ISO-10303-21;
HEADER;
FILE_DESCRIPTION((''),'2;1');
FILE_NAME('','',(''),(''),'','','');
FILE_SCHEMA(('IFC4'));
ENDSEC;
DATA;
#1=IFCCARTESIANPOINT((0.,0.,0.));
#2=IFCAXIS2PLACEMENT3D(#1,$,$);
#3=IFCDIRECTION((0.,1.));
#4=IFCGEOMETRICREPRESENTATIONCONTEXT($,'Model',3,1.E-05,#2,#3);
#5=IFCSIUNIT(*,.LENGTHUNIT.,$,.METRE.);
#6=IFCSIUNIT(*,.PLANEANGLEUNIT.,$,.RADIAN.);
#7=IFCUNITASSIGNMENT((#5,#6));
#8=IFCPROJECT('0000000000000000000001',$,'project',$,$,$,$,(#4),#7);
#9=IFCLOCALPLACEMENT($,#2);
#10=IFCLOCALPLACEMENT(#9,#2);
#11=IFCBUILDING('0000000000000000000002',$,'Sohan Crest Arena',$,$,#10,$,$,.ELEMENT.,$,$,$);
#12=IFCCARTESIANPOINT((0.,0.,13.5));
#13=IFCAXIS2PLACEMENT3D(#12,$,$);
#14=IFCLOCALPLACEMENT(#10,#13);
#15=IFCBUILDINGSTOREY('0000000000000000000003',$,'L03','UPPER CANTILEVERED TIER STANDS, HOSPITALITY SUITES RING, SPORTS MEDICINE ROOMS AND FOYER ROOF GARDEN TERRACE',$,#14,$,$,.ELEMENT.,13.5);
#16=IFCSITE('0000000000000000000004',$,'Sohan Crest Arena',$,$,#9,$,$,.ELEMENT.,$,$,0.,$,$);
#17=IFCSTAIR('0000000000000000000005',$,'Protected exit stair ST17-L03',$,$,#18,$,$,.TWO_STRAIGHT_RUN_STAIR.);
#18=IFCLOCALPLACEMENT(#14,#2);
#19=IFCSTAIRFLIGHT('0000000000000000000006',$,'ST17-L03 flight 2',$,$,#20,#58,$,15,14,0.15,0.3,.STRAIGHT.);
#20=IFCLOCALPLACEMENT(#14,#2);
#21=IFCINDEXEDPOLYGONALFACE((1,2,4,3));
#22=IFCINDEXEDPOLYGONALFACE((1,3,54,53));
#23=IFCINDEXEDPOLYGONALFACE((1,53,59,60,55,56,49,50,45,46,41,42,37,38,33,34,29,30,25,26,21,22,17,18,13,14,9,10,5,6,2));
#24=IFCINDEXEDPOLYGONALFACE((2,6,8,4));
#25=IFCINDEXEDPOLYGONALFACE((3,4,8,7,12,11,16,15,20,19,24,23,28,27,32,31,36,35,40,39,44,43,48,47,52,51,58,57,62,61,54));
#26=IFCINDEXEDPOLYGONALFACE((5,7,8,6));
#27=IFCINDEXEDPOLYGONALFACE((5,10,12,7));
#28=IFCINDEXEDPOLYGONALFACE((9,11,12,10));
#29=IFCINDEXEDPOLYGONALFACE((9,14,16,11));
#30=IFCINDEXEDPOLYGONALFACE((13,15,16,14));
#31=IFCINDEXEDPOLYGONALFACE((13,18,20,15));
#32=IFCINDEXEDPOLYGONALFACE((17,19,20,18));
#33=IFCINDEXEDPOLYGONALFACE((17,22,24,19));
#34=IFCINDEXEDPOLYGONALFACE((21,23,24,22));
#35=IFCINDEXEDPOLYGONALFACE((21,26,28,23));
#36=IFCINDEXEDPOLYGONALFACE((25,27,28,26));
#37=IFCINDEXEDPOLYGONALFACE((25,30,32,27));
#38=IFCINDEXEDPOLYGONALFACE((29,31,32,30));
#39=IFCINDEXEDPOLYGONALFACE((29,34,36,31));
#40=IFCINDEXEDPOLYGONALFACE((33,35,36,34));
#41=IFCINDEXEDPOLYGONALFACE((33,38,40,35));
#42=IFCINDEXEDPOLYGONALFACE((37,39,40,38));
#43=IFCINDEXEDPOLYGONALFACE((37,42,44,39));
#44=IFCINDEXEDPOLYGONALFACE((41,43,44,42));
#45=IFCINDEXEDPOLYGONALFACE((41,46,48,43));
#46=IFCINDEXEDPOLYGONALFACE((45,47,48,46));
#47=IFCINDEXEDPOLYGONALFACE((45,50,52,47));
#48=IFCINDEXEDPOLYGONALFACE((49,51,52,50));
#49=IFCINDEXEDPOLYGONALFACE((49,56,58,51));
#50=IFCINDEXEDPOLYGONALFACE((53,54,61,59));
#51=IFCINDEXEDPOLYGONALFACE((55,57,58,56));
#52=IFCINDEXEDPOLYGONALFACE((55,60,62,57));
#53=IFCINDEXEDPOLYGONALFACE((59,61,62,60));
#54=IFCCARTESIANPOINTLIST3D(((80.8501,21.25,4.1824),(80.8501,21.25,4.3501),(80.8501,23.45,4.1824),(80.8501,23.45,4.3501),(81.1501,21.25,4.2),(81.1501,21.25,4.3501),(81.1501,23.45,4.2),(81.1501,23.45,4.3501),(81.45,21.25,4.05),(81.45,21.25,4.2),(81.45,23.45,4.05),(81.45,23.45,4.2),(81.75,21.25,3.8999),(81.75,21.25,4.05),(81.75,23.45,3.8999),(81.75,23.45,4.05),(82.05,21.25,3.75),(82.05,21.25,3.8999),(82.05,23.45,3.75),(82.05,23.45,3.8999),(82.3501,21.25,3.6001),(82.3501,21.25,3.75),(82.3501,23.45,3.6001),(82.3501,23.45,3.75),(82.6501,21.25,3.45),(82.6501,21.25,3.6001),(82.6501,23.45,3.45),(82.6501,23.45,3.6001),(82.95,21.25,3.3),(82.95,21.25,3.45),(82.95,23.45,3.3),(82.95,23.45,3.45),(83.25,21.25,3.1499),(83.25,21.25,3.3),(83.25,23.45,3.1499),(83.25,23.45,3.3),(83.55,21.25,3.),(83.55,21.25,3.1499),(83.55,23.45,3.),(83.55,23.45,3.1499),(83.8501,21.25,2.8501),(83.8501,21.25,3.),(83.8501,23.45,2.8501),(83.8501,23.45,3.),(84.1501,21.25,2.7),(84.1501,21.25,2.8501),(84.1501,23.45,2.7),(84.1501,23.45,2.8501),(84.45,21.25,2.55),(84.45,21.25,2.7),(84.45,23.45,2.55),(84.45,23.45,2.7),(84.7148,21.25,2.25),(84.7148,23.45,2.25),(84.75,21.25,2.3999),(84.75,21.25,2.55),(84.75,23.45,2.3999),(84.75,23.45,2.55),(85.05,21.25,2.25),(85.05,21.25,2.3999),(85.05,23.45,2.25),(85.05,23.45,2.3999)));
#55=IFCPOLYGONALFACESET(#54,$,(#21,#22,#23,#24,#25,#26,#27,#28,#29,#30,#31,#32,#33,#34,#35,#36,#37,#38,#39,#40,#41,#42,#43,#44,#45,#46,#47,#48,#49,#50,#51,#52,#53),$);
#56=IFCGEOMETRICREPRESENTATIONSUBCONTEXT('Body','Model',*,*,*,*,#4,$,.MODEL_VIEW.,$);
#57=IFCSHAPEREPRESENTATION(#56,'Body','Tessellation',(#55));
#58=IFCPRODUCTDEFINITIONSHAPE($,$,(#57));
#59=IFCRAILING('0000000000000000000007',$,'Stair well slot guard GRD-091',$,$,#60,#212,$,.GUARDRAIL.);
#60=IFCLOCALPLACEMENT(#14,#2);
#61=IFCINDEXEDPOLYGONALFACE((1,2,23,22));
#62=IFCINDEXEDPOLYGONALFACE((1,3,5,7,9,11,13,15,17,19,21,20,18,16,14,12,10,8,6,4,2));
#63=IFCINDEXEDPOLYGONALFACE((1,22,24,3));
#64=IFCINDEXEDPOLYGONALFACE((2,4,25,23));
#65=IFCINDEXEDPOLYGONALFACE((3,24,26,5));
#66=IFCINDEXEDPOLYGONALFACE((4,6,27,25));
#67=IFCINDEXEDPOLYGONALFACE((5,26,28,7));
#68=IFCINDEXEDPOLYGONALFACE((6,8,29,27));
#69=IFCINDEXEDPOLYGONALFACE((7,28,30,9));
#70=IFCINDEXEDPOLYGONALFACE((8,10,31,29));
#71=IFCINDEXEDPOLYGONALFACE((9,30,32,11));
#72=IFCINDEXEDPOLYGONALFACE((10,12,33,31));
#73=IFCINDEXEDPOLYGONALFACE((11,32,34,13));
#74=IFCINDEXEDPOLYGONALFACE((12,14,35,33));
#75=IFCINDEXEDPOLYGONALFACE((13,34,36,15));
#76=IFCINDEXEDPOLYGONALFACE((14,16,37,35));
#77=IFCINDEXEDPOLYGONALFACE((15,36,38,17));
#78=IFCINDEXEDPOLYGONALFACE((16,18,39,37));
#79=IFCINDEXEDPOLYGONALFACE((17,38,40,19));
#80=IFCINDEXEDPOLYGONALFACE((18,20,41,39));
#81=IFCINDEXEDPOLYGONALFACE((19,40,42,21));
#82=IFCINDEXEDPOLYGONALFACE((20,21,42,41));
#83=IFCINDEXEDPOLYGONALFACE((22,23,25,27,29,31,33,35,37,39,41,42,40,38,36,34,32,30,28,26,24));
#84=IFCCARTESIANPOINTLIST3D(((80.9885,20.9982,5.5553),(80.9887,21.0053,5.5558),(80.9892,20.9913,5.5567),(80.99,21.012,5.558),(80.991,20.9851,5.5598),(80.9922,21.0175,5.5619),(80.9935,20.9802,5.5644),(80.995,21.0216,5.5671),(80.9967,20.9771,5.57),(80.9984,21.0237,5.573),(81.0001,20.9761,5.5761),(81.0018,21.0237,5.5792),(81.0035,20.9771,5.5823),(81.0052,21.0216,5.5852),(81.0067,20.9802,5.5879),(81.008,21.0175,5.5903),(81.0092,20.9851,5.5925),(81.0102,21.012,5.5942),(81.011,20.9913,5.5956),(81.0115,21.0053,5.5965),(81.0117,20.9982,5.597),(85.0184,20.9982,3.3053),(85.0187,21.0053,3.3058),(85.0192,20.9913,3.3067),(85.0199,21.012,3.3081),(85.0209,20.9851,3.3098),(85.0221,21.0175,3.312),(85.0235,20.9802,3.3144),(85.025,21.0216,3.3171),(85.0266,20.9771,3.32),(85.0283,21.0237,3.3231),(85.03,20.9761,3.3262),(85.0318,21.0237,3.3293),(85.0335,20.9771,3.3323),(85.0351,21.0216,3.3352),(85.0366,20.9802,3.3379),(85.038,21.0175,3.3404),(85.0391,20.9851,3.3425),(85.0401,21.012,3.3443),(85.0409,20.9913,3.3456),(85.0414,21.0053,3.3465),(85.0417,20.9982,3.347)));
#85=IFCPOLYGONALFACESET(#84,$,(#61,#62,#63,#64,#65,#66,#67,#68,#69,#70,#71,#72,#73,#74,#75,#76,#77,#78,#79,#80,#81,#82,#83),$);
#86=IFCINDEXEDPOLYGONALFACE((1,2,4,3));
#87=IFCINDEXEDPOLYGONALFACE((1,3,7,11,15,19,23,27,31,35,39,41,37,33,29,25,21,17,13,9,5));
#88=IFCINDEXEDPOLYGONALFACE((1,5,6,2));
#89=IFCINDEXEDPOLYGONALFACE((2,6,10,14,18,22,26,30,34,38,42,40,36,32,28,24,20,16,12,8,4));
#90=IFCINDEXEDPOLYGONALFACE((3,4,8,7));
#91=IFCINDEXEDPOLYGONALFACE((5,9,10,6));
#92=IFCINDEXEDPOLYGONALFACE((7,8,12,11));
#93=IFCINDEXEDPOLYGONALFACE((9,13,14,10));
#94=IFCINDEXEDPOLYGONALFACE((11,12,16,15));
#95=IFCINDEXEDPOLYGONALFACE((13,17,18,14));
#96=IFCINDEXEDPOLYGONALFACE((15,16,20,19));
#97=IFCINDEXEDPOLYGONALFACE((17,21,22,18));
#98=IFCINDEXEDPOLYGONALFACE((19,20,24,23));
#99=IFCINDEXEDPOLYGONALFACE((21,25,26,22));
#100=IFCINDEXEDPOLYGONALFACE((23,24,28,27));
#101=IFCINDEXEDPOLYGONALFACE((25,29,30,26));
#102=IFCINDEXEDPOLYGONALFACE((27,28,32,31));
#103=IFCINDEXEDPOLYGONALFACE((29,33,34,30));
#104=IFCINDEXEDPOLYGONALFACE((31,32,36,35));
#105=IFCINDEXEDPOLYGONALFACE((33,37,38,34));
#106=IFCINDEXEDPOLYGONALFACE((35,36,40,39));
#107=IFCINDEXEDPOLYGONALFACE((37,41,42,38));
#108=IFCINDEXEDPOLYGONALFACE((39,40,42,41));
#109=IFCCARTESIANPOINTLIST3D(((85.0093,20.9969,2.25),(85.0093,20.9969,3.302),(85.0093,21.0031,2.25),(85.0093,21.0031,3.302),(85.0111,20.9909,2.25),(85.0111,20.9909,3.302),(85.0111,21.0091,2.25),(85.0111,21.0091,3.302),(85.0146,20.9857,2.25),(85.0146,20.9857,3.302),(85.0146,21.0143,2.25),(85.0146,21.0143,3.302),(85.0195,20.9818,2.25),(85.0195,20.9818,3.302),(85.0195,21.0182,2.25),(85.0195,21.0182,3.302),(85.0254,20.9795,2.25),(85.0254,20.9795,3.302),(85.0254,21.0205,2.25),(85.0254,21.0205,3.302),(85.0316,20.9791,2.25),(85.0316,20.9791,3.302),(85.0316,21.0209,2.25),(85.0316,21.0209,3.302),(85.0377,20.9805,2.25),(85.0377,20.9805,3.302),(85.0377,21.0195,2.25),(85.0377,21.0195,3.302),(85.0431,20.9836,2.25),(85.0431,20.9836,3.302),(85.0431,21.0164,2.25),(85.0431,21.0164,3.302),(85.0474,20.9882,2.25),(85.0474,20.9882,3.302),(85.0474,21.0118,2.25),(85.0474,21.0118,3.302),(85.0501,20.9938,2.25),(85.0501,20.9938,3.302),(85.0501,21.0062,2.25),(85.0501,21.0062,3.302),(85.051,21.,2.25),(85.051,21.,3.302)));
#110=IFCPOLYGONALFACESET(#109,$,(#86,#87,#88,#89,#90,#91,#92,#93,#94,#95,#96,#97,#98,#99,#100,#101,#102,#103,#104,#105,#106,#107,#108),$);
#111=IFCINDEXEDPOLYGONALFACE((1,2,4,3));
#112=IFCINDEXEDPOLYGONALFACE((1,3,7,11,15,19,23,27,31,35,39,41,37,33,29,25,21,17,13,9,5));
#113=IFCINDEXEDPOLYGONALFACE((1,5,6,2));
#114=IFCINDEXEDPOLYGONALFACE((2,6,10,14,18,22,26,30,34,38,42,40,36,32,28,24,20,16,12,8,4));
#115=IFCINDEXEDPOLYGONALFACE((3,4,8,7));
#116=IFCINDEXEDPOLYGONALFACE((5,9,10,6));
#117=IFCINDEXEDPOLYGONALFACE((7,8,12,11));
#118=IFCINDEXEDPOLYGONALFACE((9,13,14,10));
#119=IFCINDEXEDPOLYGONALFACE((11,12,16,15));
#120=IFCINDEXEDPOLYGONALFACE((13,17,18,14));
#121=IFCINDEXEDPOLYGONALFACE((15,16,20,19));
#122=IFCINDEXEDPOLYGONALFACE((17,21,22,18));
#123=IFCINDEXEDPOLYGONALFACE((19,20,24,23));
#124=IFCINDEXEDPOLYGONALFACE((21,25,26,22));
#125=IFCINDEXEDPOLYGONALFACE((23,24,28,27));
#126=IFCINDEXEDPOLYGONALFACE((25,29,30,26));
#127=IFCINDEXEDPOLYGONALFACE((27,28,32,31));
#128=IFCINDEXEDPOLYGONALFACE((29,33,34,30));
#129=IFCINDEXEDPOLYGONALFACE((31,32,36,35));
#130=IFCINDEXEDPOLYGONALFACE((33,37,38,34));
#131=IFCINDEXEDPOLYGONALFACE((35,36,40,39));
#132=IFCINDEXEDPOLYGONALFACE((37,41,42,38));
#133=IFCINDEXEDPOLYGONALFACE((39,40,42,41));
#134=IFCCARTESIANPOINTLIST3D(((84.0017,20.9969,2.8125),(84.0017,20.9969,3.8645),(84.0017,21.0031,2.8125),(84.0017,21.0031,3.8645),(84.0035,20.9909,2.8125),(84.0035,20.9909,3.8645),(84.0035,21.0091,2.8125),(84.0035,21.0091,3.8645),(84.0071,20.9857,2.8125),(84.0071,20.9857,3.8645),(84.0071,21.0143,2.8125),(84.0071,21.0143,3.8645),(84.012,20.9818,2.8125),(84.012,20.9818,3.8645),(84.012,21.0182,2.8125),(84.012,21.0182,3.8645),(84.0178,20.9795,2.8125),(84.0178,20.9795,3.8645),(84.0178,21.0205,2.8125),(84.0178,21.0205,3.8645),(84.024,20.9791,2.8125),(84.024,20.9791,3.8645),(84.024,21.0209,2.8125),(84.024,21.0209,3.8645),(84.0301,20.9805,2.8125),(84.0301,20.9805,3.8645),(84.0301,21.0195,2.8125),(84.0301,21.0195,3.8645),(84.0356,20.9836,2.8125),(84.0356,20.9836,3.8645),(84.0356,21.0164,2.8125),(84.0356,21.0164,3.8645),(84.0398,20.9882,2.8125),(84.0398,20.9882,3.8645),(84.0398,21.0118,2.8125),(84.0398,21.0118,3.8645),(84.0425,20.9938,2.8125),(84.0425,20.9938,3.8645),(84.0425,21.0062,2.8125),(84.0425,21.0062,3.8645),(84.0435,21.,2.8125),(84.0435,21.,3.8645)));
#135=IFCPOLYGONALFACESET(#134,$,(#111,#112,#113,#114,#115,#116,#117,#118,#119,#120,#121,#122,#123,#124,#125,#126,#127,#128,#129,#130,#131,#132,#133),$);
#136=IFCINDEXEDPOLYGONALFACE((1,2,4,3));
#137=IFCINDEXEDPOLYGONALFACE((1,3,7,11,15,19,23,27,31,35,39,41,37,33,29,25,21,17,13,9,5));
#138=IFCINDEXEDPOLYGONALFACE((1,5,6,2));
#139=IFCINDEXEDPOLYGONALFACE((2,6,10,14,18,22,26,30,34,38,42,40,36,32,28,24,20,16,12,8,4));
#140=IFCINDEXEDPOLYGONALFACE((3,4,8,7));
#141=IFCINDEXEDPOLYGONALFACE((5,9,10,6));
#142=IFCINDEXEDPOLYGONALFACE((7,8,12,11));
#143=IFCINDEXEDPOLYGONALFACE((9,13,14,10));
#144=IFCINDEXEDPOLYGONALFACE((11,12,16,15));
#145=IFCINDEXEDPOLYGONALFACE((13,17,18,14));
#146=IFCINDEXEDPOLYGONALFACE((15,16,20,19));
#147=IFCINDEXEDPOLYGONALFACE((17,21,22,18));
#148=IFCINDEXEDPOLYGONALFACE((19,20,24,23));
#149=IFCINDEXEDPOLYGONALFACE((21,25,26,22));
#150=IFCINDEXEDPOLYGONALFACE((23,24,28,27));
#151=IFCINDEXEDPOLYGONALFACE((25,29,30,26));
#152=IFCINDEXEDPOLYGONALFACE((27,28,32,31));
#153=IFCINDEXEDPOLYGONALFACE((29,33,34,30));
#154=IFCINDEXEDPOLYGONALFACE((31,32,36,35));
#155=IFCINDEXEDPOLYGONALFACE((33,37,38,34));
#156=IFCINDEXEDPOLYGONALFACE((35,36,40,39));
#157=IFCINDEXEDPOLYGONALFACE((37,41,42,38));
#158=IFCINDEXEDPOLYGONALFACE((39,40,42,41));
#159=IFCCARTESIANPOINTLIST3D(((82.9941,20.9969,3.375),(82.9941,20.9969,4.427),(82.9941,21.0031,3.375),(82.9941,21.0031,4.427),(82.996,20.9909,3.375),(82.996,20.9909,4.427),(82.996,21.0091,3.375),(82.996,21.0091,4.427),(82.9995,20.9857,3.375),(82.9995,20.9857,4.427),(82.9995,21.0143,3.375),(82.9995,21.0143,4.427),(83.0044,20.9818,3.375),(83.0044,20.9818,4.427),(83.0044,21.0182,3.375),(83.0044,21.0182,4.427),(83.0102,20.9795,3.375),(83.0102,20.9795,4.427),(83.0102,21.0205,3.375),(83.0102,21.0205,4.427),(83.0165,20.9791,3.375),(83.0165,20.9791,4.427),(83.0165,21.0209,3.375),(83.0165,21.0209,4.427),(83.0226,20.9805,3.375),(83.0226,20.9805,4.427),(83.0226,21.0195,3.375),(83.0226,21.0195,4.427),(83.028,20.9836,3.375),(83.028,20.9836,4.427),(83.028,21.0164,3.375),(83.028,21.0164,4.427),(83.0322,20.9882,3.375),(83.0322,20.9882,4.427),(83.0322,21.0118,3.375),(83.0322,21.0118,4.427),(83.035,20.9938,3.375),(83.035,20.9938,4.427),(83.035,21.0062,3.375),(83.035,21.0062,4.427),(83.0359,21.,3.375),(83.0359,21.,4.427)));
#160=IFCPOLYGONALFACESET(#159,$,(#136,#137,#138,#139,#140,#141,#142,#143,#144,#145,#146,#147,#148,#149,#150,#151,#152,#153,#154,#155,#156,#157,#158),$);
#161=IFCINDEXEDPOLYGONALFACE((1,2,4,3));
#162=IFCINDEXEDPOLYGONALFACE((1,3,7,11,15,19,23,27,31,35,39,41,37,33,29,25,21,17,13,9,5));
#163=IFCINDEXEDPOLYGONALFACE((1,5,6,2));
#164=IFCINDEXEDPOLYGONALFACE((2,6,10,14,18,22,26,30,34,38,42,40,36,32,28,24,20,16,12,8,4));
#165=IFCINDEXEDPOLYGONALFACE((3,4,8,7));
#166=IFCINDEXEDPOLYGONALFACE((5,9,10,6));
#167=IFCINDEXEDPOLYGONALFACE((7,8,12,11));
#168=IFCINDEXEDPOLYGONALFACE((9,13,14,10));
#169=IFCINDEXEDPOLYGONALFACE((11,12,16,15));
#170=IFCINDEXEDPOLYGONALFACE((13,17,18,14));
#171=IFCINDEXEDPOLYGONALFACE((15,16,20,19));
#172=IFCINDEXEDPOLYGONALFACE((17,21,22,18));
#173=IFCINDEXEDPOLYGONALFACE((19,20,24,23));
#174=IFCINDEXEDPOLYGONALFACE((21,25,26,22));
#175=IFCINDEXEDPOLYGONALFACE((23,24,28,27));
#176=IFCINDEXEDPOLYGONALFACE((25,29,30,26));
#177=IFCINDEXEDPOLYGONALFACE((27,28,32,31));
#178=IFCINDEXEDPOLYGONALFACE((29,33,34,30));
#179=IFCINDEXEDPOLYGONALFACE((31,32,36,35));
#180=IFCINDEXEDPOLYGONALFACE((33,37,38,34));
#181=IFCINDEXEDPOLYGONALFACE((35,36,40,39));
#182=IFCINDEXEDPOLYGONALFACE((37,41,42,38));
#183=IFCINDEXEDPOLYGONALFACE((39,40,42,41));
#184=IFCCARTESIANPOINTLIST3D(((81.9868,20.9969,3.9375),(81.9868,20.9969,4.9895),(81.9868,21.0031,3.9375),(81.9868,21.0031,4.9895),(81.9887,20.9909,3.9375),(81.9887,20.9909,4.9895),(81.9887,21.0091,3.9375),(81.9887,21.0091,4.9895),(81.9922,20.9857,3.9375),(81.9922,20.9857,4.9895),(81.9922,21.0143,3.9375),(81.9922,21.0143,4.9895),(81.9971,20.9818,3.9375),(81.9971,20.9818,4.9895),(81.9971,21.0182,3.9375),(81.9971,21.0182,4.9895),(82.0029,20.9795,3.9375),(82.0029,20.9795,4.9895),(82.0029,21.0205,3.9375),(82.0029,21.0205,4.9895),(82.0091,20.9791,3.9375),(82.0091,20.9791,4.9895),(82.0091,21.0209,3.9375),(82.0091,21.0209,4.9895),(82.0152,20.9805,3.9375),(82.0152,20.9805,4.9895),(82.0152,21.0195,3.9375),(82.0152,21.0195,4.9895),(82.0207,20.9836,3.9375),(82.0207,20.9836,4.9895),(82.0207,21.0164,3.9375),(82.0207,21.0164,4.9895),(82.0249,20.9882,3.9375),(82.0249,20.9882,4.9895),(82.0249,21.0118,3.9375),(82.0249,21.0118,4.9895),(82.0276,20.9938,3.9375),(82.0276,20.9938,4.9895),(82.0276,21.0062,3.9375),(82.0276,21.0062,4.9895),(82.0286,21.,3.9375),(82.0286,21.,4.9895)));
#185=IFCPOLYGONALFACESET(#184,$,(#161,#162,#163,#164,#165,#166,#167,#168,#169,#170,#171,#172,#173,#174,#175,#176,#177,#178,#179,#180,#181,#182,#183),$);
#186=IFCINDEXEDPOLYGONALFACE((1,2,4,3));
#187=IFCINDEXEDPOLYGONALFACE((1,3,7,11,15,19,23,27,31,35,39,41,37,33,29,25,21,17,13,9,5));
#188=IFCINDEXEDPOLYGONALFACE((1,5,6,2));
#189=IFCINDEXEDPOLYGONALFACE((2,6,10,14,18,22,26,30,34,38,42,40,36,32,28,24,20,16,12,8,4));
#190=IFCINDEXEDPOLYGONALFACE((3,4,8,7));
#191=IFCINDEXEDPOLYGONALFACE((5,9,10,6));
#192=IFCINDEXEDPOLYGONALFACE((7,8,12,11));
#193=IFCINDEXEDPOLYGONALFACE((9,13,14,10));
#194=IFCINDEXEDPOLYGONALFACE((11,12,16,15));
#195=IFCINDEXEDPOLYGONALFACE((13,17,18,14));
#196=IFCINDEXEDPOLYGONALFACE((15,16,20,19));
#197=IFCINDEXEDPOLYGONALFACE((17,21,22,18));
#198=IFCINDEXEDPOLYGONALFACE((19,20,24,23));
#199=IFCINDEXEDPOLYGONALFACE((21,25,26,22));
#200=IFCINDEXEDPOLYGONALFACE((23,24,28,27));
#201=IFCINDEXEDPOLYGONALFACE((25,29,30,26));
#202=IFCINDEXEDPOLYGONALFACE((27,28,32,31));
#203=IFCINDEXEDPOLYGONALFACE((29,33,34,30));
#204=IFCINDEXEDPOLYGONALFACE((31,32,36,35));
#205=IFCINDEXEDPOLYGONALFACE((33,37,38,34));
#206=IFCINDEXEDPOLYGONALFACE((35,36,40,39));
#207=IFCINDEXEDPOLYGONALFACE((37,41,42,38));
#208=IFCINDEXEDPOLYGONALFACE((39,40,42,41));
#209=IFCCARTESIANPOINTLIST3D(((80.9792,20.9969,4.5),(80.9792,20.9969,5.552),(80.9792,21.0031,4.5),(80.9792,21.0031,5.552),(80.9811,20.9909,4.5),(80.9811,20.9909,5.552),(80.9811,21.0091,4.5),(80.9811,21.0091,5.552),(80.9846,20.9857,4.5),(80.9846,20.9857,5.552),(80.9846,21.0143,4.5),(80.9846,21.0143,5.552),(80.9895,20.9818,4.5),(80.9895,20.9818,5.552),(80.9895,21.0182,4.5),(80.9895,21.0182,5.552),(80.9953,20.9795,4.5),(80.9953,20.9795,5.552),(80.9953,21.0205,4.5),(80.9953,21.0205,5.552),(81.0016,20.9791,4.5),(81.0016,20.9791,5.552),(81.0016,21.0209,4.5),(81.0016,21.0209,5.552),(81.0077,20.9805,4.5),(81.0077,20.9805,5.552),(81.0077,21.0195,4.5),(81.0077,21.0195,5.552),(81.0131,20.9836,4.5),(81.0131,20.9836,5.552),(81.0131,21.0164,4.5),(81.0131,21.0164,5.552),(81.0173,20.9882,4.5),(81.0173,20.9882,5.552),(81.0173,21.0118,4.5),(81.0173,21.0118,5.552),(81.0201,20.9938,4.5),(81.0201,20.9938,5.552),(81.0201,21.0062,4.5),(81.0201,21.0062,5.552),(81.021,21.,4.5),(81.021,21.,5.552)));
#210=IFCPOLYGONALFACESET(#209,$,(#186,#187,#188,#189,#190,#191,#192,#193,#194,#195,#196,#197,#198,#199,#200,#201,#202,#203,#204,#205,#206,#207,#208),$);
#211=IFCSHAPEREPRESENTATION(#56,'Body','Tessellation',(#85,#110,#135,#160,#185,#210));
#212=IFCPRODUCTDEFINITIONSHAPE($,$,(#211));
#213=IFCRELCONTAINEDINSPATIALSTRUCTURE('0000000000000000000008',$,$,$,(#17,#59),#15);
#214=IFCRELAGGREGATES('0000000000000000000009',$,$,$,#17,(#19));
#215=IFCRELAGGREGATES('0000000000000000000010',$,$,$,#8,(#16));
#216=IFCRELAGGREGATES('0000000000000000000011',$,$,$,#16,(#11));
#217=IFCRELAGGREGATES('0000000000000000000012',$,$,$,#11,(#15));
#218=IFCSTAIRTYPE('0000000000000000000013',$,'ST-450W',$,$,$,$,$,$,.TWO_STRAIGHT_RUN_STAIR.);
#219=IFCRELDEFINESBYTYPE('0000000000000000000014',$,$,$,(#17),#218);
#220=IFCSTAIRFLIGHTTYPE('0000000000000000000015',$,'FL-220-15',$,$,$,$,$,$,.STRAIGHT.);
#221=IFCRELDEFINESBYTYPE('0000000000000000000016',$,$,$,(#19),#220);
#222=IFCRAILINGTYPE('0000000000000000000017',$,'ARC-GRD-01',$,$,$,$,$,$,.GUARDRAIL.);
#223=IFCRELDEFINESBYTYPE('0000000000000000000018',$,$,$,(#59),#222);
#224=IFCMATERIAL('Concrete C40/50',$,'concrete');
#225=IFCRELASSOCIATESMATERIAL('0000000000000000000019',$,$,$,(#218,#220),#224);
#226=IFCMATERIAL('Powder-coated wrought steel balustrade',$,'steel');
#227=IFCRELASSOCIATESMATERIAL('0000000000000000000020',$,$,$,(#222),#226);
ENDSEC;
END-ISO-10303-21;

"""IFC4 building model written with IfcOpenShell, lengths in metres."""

from ifc_helpers import new_model, si_unit, direction, frame, origin, origin_2d, place, context, subcontext, project, spatial, polyline, circle, outline, extrude, material, type_object, element, aggregate, save


model = new_model("IFC4")

# Units and contexts
model_context = context("Model", 3, precision=1e-05, world=origin(), true_north=direction((0.0, 1.0)))
body_context = subcontext(model_context, "Body", "Model", "MODEL_VIEW")
ifc_project = project(units=[si_unit("LENGTHUNIT", "METRE"), si_unit("PLANEANGLEUNIT", "RADIAN")], contexts=[model_context])

# Site, building, storey
site_placement = place(None, origin())
site = spatial("IfcSite", under=ifc_project, at=site_placement, Name="Sohan Crest Arena", CompositionType="ELEMENT", RefElevation=0.0)
building_placement = place(site_placement, origin())
building = spatial("IfcBuilding", under=site, at=building_placement, Name="Sohan Crest Arena", CompositionType="ELEMENT")
storey_placement = place(building_placement, frame((0.0, 0.0, 13.5)))
storey = spatial("IfcBuildingStorey", under=building, at=storey_placement, Name="L03", Description="UPPER CANTILEVERED TIER STANDS, HOSPITALITY SUITES RING, SPORTS MEDICINE ROOMS AND FOYER ROOF GARDEN TERRACE", CompositionType="ELEMENT", Elevation=13.5)

# Shared definitions
ifc_material_1 = material(Name="Concrete C40/50", Category="concrete")

# Stair, stair flight
stair_type = type_object("IfcStairType", Name="ST-450W", PredefinedType="TWO_STRAIGHT_RUN_STAIR", material=ifc_material_1)
stair_placement = place(storey_placement, origin())
stair = element("IfcStair", 1, at=stair_placement, inside=storey, type_object=stair_type, Name="Protected exit stair ST17-L03", PredefinedType="TWO_STRAIGHT_RUN_STAIR")
stair_flight_type = type_object("IfcStairFlightType", Name="FL-220-15", PredefinedType="STRAIGHT", material=ifc_material_1)
stair_flight_1_placement = place(storey_placement, frame((85.05, 22.3501, 2.25), z_axis=(0.0, 0.0, 1.0), x_axis=(-1.0, 0.0, 0.0)))
stair_flight_1 = element("IfcStairFlight", 2, at=stair_flight_1_placement, type_object=stair_flight_type, Name="ST17-L03 flight 2", NumberOfRisers=15, NumberOfTreads=14, PredefinedType="STRAIGHT", RiserHeight=0.15, TreadLength=0.3, context=body_context, shape_type="SweptSolid", body=[
    extrude(outline(polyline([(0.0, 0.0), (0.0, 0.1499), (0.3, 0.1499), (0.3, 0.3), (0.6001, 0.3), (0.6001, 0.45), (0.8999, 0.45), (0.8999, 0.6001), (1.2, 0.6001), (1.2, 0.75), (1.5, 0.75), (1.5, 0.8999), (1.8, 0.8999), (1.8, 1.05), (2.1001, 1.05), (2.1001, 1.2), (2.3999, 1.2), (2.3999, 1.3501), (2.7, 1.3501), (2.7, 1.5), (3.0, 1.5), (3.0, 1.6499), (3.3, 1.6499), (3.3, 1.8), (3.6001, 1.8), (3.6001, 1.95), (3.8999, 1.95), (3.8999, 2.1001), (4.2, 2.1001), (4.2, 2.25), (4.2, 1.9324), (0.3352, 0.0), (0.0, 0.0)])), frame((0.0, 1.1001, 0.0), z_axis=(0.0, -1.0, 0.0), x_axis=(1.0, 0.0, 0.0)), (0.0, 0.0, 1.0), 2.2),
])
aggregate(stair, [stair_flight_1])

# Railing
ifc_material_2 = material(Name="Powder-coated wrought steel balustrade", Category="steel")
railing_type_1 = type_object("IfcRailingType", Name="ARC-GRD-01", PredefinedType="GUARDRAIL", material=ifc_material_2)
railing_1_placement = place(storey_placement, frame((85.03, 21.0, 2.25)))
element("IfcRailing", 3, at=railing_1_placement, inside=storey, type_object=railing_type_1, Name="Stair well slot guard GRD-091", PredefinedType="GUARDRAIL", context=body_context, shape_type="SweptSolid", body=[
    extrude(circle(Radius=0.0239, at=origin_2d()), frame((0.0, 0.0, 1.0762), z_axis=(-0.873135, 0.0, 0.487479), x_axis=(0.0, -1.0, 0.0)), (0.0, 0.0, 1.0), 4.6155),
    extrude(circle(Radius=0.021, at=origin_2d()), origin(), (0.0, 0.0, 1.0), 1.052),
    extrude(circle(Radius=0.021, at=origin_2d()), frame((-1.0076, 0.0, 0.5625)), (0.0, 0.0, 1.0), 1.052),
    extrude(circle(Radius=0.021, at=origin_2d()), frame((-2.0151, 0.0, 1.125)), (0.0, 0.0, 1.0), 1.052),
    extrude(circle(Radius=0.021, at=origin_2d()), frame((-3.0225, 0.0, 1.6875)), (0.0, 0.0, 1.0), 1.052),
    extrude(circle(Radius=0.021, at=origin_2d()), frame((-4.03, 0.0, 2.25)), (0.0, 0.0, 1.0), 1.052),
])

save(model, "model.ifc")
